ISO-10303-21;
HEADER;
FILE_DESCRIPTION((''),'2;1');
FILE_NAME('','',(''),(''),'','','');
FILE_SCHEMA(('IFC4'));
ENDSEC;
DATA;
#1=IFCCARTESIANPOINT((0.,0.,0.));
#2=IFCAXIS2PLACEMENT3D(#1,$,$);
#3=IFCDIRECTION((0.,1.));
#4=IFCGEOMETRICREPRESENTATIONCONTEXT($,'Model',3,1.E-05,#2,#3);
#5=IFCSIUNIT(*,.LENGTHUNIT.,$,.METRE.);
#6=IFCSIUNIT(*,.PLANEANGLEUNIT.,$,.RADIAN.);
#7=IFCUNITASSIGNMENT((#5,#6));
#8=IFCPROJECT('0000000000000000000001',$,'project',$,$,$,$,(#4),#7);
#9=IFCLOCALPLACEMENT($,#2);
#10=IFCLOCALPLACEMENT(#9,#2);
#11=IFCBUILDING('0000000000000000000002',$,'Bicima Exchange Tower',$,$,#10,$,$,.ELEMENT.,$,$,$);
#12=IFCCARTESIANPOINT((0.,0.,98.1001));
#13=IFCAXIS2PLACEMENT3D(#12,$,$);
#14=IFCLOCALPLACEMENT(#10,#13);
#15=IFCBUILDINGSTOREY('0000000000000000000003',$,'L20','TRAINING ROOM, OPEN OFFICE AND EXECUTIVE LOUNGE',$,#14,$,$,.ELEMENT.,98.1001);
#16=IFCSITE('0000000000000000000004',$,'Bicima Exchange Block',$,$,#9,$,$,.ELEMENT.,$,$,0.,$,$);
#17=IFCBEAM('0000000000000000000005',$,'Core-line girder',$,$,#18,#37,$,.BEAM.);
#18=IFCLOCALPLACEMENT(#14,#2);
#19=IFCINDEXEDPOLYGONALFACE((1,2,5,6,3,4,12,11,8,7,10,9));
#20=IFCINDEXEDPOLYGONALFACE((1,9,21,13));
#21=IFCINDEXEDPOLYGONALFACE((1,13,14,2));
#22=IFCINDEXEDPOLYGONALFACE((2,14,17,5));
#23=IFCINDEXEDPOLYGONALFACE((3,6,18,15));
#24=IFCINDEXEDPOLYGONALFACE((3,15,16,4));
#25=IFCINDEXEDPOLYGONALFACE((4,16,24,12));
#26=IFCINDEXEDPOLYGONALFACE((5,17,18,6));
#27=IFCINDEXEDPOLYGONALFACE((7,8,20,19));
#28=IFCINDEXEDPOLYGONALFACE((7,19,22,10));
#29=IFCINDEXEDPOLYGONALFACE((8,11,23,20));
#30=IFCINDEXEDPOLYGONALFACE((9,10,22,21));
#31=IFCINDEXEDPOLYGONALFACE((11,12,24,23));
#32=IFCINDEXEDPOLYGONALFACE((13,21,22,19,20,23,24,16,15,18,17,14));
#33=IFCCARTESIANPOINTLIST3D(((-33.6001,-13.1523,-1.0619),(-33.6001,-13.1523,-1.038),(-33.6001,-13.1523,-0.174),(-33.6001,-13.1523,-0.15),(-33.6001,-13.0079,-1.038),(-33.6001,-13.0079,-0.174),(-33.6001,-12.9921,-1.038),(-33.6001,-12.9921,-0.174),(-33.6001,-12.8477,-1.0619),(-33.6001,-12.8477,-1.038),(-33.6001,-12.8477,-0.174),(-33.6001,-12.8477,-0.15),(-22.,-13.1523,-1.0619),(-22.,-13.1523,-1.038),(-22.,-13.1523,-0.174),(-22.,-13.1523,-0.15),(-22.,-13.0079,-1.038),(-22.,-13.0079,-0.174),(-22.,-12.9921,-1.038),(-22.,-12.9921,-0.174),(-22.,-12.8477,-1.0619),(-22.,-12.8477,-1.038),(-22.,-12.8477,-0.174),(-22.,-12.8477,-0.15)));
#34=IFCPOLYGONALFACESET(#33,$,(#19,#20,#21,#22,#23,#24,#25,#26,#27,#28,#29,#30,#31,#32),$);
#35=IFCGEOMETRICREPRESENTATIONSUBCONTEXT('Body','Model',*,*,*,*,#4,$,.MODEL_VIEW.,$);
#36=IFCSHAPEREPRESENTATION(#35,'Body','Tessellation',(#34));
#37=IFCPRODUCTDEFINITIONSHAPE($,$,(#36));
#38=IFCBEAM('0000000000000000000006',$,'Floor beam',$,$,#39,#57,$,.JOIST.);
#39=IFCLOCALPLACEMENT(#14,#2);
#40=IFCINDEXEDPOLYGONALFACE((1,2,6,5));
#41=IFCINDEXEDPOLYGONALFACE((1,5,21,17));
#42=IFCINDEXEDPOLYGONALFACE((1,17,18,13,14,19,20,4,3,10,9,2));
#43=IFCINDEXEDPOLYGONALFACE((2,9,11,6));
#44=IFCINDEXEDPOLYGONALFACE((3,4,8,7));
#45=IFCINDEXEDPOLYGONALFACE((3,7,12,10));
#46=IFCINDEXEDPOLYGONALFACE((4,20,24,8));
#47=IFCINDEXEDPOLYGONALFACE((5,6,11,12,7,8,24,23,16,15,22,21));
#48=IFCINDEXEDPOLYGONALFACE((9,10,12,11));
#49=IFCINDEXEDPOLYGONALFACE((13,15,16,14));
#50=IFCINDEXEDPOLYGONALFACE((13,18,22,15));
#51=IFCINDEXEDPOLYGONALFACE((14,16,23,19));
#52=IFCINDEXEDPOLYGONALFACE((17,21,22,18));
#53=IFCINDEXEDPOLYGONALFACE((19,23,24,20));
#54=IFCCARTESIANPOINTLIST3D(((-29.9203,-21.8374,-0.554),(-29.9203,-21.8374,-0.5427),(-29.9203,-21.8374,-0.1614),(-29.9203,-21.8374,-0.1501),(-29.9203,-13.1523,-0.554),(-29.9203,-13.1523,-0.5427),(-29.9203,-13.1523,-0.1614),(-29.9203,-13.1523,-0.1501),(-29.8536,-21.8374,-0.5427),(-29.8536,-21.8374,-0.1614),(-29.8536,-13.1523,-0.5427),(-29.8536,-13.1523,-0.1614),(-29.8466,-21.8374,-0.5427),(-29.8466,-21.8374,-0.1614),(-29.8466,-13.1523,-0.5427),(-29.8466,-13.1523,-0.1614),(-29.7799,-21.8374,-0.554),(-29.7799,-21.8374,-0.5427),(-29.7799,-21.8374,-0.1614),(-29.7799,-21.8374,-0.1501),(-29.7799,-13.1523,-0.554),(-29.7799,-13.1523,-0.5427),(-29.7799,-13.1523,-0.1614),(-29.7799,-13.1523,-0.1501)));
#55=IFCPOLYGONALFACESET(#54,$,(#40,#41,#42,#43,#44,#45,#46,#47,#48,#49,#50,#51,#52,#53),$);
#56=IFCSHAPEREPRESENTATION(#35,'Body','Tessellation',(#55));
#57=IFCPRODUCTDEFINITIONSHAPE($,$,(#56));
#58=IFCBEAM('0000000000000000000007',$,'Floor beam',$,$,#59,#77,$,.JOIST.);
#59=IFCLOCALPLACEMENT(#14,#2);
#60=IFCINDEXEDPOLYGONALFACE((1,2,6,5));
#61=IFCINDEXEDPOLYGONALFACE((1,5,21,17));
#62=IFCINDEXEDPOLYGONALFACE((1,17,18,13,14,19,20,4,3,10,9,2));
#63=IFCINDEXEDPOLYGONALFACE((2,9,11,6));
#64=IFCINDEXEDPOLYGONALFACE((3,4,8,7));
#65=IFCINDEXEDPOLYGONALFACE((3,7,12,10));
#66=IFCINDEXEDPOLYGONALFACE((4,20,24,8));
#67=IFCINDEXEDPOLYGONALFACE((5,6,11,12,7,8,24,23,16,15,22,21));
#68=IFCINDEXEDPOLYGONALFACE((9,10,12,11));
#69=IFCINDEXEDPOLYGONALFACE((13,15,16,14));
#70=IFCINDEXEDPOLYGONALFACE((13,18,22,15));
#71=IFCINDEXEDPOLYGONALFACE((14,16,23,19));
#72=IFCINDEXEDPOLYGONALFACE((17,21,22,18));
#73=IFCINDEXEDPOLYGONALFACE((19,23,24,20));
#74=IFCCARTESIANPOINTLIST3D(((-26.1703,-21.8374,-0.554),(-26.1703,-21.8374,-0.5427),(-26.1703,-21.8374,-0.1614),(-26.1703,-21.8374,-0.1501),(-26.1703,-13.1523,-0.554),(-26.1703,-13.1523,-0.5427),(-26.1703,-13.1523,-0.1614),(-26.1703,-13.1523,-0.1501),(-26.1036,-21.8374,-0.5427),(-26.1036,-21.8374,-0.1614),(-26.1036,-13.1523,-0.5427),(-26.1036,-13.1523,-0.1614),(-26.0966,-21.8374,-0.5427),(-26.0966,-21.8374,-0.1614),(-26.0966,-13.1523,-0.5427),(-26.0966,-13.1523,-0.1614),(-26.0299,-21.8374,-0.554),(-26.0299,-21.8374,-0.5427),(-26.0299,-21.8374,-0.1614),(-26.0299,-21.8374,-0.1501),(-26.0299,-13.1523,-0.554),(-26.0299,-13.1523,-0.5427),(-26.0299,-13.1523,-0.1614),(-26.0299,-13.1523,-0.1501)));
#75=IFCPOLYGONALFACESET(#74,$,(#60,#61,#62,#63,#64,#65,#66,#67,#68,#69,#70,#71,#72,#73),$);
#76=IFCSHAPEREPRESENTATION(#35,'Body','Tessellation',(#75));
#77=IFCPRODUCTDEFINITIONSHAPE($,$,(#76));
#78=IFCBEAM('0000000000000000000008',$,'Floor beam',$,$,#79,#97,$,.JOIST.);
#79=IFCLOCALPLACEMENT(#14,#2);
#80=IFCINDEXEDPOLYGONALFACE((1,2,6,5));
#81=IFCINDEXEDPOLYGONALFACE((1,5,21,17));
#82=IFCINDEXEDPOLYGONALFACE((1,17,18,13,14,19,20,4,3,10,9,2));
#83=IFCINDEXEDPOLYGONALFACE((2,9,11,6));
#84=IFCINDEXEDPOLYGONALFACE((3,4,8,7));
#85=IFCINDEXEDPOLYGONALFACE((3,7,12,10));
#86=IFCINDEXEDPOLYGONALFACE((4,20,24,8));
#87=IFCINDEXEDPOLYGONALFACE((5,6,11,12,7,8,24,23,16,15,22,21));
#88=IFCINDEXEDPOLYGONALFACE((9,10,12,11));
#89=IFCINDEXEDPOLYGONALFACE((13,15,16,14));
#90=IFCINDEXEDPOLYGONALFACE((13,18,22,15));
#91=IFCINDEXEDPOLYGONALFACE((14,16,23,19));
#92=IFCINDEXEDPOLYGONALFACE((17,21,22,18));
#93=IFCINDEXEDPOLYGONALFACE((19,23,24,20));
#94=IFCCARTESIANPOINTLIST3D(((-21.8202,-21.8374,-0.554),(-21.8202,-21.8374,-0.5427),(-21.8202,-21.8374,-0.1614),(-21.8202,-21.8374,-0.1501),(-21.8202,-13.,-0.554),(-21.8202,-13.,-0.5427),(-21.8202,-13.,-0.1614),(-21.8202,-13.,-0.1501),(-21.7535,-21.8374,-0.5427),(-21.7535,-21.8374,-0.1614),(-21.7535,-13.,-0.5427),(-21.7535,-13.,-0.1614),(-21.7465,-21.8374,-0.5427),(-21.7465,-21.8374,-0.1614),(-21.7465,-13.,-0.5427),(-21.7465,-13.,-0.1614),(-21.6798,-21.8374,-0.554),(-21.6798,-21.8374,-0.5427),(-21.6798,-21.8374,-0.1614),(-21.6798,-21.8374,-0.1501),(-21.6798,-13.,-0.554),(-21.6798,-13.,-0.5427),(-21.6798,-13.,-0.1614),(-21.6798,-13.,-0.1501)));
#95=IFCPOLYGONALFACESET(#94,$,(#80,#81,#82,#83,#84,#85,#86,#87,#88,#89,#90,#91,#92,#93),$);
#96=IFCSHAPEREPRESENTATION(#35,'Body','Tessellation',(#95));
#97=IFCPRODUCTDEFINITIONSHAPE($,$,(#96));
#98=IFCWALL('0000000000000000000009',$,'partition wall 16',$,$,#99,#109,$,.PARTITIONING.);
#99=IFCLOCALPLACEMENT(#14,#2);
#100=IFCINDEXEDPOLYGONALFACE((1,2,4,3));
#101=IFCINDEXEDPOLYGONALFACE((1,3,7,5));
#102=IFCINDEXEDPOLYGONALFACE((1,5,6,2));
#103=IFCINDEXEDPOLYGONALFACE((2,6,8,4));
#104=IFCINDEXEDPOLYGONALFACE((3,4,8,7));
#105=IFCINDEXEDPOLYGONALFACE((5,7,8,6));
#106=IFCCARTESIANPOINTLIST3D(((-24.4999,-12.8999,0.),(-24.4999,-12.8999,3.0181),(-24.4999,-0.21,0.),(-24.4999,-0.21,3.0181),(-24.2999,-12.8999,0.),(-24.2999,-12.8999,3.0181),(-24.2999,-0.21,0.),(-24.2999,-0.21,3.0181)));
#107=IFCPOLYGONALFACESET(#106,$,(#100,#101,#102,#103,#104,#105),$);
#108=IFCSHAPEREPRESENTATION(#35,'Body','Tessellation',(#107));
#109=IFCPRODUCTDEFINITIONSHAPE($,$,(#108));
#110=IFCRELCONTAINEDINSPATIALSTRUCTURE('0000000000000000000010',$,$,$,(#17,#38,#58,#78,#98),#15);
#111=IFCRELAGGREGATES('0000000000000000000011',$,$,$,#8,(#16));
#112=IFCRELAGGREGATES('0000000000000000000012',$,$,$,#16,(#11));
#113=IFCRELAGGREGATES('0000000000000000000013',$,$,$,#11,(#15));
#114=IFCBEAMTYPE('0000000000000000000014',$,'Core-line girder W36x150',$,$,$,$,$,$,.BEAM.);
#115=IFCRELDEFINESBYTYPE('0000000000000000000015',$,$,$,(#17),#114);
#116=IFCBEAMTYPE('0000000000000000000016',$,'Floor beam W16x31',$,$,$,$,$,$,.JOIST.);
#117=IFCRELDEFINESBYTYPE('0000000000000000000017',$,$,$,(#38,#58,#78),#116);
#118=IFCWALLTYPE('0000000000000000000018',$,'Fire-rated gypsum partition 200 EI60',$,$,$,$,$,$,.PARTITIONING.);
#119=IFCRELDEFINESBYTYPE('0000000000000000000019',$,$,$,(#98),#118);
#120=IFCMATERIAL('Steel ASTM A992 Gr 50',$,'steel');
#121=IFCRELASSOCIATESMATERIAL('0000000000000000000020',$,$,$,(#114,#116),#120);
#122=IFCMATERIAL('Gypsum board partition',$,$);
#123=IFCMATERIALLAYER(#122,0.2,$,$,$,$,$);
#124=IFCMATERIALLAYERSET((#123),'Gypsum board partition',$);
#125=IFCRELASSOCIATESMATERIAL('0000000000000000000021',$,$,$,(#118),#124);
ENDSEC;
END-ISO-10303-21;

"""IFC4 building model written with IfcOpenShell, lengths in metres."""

from ifc_helpers import new_model, si_unit, direction, frame, frame_2d, origin, origin_2d, place, context, subcontext, project, spatial, rectangle, i_section, extrude, material, layer, layer_set, material_profile, profile_set, type_object, element, save


model = new_model("IFC4")

# Units and contexts
model_context = context("Model", 3, precision=1e-05, world=origin(), true_north=direction((0.0, 1.0)))
body_context = subcontext(model_context, "Body", "Model", "MODEL_VIEW")
ifc_project = project(units=[si_unit("LENGTHUNIT", "METRE"), si_unit("PLANEANGLEUNIT", "RADIAN")], contexts=[model_context])

# Site, building, storey
site_placement = place(None, origin())
site = spatial("IfcSite", under=ifc_project, at=site_placement, Name="Bicima Exchange Block", CompositionType="ELEMENT", RefElevation=0.0)
building_placement = place(site_placement, origin())
building = spatial("IfcBuilding", under=site, at=building_placement, Name="Bicima Exchange Tower", CompositionType="ELEMENT")
storey_placement = place(building_placement, frame((0.0, 0.0, 98.1001)))
storey = spatial("IfcBuildingStorey", under=building, at=storey_placement, Name="L20", Description="TRAINING ROOM, OPEN OFFICE AND EXECUTIVE LOUNGE", CompositionType="ELEMENT", Elevation=98.1001)

# Beams
ifc_material_1 = material(Name="Steel ASTM A992 Gr 50", Category="steel")
ifc_material_profile_1 = material_profile(ifc_material_1, i_section(OverallWidth=0.3047, OverallDepth=0.9119, WebThickness=0.0159, FlangeThickness=0.0239, at=origin_2d()))
ifc_profile_set_1 = profile_set([ifc_material_profile_1], Name="Steel ASTM A992 Gr 50")
beam_type_1 = type_object("IfcBeamType", Name="Core-line girder W36x150", PredefinedType="BEAM", material=ifc_profile_set_1)
beam_1_placement = place(storey_placement, frame((-22.0, -13.0, -0.606), z_axis=(-1.0, 0.0, 0.0), x_axis=(0.0, -1.0, 0.0)))
element("IfcBeam", 1, at=beam_1_placement, inside=storey, type_object=beam_type_1, Name="Core-line girder", PredefinedType="BEAM", context=body_context, shape_type="SweptSolid", body=[
    extrude(i_section(OverallWidth=0.3047, OverallDepth=0.9119, WebThickness=0.0159, FlangeThickness=0.0239, at=origin_2d()), origin(), (0.0, 0.0, 1.0), 11.6001),
])
ifc_material_profile_2 = material_profile(ifc_material_1, i_section(OverallWidth=0.1404, OverallDepth=0.4038, WebThickness=0.0071, FlangeThickness=0.0112, at=origin_2d()))
ifc_profile_set_2 = profile_set([ifc_material_profile_2], Name="Steel ASTM A992 Gr 50")
beam_type_2 = type_object("IfcBeamType", Name="Floor beam W16x31", PredefinedType="JOIST", material=ifc_profile_set_2)
for number, where, z_axis, x_axis, name in (
    (2, (-29.8501, -13.1523, -0.3521), (0.0, -1.0, 0.0), (1.0, 0.0, 0.0), "Floor beam"),
    (3, (-26.1001, -13.1523, -0.3521), (0.0, -1.0, 0.0), (1.0, 0.0, 0.0), "Floor beam"),
):
    element("IfcBeam", number, at=place(storey_placement, frame(where, z_axis=z_axis, x_axis=x_axis)), inside=storey, type_object=beam_type_2, Name=name, PredefinedType="JOIST", context=body_context, shape_type="SweptSolid", body=[
        extrude(i_section(OverallWidth=0.1404, OverallDepth=0.4038, WebThickness=0.0071, FlangeThickness=0.0112, at=origin_2d()), origin(), (0.0, 0.0, 1.0), 8.6851),
    ])
beam_2_placement = place(storey_placement, frame((-21.75, -13.0, -0.3521), z_axis=(0.0, -1.0, 0.0), x_axis=(1.0, 0.0, 0.0)))
element("IfcBeam", 4, at=beam_2_placement, inside=storey, type_object=beam_type_2, Name="Floor beam", PredefinedType="JOIST", context=body_context, shape_type="SweptSolid", body=[
    extrude(i_section(OverallWidth=0.1404, OverallDepth=0.4038, WebThickness=0.0071, FlangeThickness=0.0112, at=origin_2d()), origin(), (0.0, 0.0, 1.0), 8.8374),
])

# Wall
ifc_material_2 = material(Name="Gypsum board partition")
ifc_layer_1 = layer(ifc_material_2, 0.2)
ifc_layer_set_1 = layer_set([ifc_layer_1], Name="Gypsum board partition")
wall_type_1 = type_object("IfcWallType", Name="Fire-rated gypsum partition 200 EI60", PredefinedType="PARTITIONING", material=ifc_layer_set_1)
wall_1_placement = place(storey_placement, frame((-24.3999, -12.8999, 0.0), z_axis=(0.0, 0.0, 1.0), x_axis=(0.0, 1.0, 0.0)))
element("IfcWall", 5, at=wall_1_placement, inside=storey, type_object=wall_type_1, Name="partition wall 16", PredefinedType="PARTITIONING", context=body_context, shape_type="SweptSolid", body=[
    extrude(rectangle(XDim=12.6899, YDim=0.2, at=frame_2d((6.345, 0.0))), origin(), (0.0, 0.0, 1.0), 3.0181),
])

save(model, "model.ifc")
